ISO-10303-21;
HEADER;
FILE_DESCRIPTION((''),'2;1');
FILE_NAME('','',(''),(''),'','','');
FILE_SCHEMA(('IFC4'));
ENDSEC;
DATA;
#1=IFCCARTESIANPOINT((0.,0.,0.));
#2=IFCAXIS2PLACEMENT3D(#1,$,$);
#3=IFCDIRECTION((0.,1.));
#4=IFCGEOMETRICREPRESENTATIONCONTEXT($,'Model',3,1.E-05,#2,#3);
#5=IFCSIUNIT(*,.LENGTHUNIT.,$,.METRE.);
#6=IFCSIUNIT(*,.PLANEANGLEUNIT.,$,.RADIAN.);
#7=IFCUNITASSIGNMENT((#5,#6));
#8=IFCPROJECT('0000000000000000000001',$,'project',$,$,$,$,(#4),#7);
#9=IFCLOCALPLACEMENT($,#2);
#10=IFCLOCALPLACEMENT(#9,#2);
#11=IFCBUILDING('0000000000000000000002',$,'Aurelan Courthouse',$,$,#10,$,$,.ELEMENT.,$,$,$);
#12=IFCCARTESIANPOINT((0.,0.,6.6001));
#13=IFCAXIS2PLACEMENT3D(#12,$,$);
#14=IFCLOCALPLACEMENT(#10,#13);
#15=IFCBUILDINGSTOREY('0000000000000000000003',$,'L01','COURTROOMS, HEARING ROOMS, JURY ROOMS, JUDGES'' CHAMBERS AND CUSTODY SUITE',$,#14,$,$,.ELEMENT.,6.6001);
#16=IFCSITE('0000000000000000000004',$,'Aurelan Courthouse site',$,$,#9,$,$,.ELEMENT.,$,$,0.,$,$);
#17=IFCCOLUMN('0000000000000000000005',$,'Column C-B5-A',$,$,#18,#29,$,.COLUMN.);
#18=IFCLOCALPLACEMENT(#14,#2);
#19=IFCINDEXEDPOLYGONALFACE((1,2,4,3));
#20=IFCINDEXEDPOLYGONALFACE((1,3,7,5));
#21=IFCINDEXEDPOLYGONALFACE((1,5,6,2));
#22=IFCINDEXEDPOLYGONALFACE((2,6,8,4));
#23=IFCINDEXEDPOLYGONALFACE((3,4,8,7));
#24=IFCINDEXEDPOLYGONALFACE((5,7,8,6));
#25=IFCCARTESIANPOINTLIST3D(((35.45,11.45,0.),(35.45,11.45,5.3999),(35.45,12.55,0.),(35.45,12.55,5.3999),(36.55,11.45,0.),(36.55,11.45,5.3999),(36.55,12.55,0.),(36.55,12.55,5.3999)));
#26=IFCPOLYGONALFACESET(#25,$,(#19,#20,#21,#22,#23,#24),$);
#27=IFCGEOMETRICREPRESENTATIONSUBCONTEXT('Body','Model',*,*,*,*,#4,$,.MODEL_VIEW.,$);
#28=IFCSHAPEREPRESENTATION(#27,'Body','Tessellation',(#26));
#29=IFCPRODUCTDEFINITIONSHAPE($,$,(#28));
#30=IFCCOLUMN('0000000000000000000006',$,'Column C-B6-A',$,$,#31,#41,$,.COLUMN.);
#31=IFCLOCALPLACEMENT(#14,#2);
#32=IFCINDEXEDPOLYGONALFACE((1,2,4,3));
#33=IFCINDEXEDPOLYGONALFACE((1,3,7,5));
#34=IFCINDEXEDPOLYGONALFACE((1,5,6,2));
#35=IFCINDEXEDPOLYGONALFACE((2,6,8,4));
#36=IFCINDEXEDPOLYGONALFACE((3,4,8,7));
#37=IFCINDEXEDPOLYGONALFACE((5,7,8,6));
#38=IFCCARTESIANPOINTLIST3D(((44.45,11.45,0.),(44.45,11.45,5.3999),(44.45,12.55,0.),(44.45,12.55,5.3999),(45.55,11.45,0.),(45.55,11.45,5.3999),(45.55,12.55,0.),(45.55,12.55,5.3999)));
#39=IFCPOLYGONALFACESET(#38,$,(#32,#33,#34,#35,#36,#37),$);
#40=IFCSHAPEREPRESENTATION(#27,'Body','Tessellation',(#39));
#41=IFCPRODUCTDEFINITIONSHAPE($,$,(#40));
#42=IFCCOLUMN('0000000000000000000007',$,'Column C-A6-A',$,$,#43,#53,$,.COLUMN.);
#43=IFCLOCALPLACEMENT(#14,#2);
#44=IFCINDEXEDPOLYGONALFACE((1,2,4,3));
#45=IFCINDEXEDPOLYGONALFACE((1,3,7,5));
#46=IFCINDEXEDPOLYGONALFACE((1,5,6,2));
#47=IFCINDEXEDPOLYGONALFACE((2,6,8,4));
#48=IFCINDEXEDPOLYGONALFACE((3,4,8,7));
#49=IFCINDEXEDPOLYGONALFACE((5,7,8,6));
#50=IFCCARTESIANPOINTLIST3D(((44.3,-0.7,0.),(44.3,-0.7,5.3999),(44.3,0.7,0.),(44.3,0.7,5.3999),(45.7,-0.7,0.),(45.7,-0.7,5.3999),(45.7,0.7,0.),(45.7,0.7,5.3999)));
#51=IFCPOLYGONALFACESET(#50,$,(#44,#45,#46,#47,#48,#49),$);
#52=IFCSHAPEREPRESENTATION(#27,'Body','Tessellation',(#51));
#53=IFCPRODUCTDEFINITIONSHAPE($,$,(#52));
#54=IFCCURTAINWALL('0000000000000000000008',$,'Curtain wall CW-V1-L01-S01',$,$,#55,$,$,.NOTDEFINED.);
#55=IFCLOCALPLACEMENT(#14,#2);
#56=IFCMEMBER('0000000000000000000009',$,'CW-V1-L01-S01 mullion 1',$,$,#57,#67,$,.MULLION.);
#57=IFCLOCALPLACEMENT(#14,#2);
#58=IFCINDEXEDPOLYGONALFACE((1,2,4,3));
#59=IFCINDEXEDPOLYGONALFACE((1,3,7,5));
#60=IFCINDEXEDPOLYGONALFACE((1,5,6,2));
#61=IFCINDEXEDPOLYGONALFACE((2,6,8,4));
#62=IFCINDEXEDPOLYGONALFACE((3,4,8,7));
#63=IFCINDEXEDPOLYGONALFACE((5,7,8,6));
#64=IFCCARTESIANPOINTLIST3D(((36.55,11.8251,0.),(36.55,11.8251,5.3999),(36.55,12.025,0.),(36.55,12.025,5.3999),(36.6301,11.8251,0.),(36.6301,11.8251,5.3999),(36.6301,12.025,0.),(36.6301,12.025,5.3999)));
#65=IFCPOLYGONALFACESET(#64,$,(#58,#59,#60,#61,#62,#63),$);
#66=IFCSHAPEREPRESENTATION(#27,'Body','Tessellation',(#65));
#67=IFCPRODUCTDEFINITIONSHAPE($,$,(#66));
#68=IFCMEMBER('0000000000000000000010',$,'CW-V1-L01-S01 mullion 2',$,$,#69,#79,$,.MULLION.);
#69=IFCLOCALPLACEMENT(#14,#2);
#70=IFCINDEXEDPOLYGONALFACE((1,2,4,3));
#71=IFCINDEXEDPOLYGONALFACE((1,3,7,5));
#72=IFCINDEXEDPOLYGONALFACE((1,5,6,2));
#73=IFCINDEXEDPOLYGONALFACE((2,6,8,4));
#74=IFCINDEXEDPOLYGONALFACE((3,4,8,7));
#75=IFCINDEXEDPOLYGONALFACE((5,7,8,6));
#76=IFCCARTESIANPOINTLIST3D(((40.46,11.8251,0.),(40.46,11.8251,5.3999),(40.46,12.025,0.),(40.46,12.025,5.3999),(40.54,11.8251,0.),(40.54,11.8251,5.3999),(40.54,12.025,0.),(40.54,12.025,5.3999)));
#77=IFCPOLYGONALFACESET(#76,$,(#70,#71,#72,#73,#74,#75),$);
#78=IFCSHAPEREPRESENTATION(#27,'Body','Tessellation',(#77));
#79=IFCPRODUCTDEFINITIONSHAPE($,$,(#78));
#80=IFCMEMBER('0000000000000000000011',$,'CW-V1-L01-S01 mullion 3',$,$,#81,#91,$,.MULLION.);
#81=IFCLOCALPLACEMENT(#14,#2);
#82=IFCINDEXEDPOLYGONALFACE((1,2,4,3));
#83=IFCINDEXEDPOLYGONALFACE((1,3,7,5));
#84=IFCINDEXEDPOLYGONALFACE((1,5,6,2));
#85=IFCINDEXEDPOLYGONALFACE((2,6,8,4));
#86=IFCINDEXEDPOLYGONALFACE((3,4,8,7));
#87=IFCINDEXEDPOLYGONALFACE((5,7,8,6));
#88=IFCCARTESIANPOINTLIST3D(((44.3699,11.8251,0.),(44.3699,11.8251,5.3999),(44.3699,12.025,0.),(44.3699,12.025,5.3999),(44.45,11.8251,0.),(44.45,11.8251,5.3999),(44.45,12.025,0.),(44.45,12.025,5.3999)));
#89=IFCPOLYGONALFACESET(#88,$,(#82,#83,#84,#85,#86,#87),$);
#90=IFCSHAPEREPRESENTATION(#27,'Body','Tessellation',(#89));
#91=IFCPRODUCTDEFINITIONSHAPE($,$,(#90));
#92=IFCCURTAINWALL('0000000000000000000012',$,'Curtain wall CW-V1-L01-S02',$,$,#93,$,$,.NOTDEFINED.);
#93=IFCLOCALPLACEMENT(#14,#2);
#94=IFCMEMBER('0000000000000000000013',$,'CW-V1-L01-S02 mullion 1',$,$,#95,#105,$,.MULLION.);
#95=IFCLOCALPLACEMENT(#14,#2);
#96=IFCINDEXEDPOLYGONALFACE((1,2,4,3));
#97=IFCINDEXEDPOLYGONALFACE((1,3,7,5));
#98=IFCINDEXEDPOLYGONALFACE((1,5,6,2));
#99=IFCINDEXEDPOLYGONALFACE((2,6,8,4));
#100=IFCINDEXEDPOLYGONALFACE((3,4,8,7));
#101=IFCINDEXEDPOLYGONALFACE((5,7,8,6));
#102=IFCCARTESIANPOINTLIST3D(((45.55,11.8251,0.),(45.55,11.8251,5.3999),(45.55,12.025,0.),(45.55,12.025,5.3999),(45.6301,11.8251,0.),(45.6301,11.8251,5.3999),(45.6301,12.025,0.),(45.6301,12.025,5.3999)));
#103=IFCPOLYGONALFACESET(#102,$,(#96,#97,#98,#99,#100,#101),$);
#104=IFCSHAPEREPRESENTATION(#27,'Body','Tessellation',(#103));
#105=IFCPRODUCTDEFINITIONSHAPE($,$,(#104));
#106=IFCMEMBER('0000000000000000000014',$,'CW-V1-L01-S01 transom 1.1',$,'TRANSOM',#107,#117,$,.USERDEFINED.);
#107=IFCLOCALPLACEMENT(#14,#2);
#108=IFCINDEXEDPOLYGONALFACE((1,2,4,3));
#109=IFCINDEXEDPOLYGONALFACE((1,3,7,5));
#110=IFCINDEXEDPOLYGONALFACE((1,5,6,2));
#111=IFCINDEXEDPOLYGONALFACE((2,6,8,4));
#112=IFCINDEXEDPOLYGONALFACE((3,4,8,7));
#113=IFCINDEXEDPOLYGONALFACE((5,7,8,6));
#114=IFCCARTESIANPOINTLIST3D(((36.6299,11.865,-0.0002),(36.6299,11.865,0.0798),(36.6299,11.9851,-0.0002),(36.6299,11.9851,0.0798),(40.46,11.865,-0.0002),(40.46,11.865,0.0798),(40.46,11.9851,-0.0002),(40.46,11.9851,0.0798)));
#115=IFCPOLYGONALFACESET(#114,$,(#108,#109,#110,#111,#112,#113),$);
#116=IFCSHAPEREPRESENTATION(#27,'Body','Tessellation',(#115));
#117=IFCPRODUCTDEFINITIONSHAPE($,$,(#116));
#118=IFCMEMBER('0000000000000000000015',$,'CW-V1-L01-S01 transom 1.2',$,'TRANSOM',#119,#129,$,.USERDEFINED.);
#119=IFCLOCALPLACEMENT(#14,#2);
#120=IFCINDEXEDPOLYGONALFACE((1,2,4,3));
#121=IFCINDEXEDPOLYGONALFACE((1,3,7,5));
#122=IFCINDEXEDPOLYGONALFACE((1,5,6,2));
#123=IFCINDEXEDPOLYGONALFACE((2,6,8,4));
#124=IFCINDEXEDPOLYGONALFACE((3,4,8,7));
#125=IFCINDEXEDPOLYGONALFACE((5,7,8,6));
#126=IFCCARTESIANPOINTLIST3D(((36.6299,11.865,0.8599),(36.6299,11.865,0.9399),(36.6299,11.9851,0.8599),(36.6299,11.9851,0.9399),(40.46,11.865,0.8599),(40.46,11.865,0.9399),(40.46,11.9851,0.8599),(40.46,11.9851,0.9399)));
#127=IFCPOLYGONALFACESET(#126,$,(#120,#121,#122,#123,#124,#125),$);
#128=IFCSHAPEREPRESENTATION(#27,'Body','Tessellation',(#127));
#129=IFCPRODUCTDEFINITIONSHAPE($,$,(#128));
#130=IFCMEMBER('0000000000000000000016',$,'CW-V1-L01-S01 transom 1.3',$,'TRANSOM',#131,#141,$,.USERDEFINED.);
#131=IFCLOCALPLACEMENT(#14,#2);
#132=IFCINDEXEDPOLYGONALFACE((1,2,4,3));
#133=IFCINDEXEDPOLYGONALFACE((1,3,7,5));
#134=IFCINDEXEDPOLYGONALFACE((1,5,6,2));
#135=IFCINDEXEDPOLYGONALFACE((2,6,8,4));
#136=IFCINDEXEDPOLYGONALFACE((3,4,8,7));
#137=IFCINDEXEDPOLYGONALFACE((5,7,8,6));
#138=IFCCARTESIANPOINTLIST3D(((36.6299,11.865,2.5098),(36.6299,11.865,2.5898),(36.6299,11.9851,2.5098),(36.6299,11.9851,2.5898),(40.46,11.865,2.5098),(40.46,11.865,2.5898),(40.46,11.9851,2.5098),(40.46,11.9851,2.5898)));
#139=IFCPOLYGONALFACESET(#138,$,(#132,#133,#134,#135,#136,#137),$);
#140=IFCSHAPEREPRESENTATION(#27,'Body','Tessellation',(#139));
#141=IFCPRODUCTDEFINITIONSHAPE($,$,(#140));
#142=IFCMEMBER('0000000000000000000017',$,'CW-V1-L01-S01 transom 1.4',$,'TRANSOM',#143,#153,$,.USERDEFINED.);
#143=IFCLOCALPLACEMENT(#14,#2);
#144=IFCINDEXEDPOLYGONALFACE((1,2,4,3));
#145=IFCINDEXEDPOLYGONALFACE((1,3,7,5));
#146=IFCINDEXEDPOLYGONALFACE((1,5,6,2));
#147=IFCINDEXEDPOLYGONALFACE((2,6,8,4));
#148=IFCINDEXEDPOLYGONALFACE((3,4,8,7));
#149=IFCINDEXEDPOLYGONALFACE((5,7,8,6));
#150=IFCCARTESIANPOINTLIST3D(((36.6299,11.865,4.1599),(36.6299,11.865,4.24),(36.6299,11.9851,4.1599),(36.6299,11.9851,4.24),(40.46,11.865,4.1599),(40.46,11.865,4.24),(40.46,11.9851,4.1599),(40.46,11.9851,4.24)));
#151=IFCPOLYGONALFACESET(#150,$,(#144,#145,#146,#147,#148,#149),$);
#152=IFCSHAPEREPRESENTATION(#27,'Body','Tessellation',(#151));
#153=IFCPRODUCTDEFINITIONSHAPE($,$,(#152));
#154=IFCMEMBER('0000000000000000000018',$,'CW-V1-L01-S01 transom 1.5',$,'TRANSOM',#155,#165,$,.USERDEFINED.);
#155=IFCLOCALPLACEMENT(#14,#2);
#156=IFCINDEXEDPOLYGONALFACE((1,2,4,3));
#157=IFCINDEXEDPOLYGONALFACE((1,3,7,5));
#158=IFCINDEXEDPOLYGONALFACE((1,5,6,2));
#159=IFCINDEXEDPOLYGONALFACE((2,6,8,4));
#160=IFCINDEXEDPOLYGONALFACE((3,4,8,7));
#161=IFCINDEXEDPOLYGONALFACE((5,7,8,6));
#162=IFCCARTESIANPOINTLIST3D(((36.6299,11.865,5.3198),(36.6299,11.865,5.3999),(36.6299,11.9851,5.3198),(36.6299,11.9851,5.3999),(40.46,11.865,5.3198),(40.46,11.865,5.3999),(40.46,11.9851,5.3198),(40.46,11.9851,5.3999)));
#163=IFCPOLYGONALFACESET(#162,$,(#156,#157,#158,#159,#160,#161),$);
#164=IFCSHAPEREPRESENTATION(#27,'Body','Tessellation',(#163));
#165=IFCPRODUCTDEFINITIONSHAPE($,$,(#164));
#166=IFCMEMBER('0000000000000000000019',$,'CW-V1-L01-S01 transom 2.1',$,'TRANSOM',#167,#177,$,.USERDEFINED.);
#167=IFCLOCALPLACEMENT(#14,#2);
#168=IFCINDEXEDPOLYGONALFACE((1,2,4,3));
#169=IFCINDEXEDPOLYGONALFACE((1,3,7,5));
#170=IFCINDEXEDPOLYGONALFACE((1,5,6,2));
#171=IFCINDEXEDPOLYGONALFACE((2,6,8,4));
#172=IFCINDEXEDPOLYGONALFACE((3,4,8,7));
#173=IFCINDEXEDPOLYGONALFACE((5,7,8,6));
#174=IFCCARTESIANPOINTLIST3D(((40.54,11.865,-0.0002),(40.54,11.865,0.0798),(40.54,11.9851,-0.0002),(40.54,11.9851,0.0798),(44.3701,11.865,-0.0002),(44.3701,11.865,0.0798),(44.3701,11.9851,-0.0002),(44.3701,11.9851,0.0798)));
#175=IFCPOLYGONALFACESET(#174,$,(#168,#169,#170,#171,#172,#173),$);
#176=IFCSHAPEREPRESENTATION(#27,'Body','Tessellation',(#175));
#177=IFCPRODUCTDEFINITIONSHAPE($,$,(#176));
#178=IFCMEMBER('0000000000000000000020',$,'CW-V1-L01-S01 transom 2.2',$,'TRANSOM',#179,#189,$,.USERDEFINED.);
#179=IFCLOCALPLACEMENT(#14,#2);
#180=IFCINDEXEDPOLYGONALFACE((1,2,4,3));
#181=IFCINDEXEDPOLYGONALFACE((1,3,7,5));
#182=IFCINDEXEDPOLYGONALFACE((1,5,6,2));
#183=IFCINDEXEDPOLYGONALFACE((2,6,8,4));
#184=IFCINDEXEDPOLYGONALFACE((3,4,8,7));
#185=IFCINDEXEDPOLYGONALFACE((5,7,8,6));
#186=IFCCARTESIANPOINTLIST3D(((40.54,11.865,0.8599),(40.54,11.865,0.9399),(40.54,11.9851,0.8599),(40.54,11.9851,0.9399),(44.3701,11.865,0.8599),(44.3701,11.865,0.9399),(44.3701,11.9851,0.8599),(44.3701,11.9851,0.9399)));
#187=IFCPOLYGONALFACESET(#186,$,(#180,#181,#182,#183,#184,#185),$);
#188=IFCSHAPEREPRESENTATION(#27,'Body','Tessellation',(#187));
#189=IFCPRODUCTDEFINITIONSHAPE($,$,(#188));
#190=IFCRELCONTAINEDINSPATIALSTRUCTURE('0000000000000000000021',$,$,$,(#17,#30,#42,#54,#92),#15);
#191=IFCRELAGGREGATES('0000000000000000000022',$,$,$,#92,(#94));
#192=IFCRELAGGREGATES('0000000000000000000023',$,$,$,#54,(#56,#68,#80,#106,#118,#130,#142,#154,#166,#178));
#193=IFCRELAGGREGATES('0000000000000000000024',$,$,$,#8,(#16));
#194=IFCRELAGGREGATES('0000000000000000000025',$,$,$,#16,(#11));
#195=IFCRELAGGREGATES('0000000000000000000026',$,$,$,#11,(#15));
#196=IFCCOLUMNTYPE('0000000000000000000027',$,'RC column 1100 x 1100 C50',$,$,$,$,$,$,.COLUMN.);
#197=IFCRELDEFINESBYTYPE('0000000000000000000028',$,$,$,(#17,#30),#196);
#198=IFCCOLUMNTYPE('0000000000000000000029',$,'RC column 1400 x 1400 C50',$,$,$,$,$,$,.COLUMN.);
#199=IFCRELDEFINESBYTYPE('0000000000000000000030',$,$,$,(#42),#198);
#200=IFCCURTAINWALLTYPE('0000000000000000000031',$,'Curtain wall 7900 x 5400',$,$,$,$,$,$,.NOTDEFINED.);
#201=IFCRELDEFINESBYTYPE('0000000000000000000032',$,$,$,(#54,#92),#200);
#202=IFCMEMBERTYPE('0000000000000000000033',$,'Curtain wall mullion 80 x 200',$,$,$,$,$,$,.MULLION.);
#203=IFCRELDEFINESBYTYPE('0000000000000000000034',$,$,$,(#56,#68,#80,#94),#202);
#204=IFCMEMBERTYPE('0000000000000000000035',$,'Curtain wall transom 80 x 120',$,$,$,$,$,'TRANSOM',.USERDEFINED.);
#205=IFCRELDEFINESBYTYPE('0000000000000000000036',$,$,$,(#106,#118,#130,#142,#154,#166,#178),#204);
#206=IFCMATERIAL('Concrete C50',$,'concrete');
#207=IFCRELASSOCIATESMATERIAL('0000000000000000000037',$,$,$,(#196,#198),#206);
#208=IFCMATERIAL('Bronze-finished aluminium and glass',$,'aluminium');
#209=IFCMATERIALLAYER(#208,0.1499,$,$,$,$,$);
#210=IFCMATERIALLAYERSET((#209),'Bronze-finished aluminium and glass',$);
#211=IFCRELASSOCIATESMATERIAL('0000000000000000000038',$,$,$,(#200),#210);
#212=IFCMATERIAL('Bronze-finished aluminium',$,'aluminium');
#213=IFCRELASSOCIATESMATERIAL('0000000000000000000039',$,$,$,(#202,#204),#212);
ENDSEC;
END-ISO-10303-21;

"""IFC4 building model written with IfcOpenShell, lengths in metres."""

from ifc_helpers import new_model, si_unit, direction, frame, origin, origin_2d, place, context, subcontext, project, spatial, rectangle, extrude, material, layer, layer_set, material_profile, profile_set, type_object, element, aggregate, save


model = new_model("IFC4")

# Units and contexts
model_context = context("Model", 3, precision=1e-05, world=origin(), true_north=direction((0.0, 1.0)))
body_context = subcontext(model_context, "Body", "Model", "MODEL_VIEW")
ifc_project = project(units=[si_unit("LENGTHUNIT", "METRE"), si_unit("PLANEANGLEUNIT", "RADIAN")], contexts=[model_context])

# Site, building, storey
site_placement = place(None, origin())
site = spatial("IfcSite", under=ifc_project, at=site_placement, Name="Aurelan Courthouse site", CompositionType="ELEMENT", RefElevation=0.0)
building_placement = place(site_placement, origin())
building = spatial("IfcBuilding", under=site, at=building_placement, Name="Aurelan Courthouse", CompositionType="ELEMENT")
storey_placement = place(building_placement, frame((0.0, 0.0, 6.6001)))
storey = spatial("IfcBuildingStorey", under=building, at=storey_placement, Name="L01", Description="COURTROOMS, HEARING ROOMS, JURY ROOMS, JUDGES' CHAMBERS AND CUSTODY SUITE", CompositionType="ELEMENT", Elevation=6.6001)

# Columns
ifc_material_1 = material(Name="Concrete C50", Category="concrete")
ifc_material_profile_1 = material_profile(ifc_material_1, rectangle(XDim=1.1001, YDim=1.1001, at=origin_2d()), Name="RC 1100 x 1100")
ifc_profile_set_1 = profile_set([ifc_material_profile_1], Name="Concrete C50")
column_type_1 = type_object("IfcColumnType", Name="RC column 1100 x 1100 C50", PredefinedType="COLUMN", material=ifc_profile_set_1)
for number, where, z_axis, x_axis, name in (
    (1, (36.0, 12.0, 0.0), (0.0, 0.0, 1.0), (1.0, 0.0, 0.0), "Column C-B5-A"),
    (2, (45.0, 12.0, 0.0), (0.0, 0.0, 1.0), (1.0, 0.0, 0.0), "Column C-B6-A"),
):
    element("IfcColumn", number, at=place(storey_placement, frame(where, z_axis=z_axis, x_axis=x_axis)), inside=storey, type_object=column_type_1, Name=name, PredefinedType="COLUMN", context=body_context, shape_type="SweptSolid", body=[
        extrude(rectangle(XDim=1.1001, YDim=1.1001, at=origin_2d()), origin(), (0.0, 0.0, 1.0), 5.3999),
    ])
ifc_material_profile_2 = material_profile(ifc_material_1, rectangle(XDim=1.3999, YDim=1.3999, at=origin_2d()), Name="RC 1400 x 1400")
ifc_profile_set_2 = profile_set([ifc_material_profile_2], Name="Concrete C50")
column_type_2 = type_object("IfcColumnType", Name="RC column 1400 x 1400 C50", PredefinedType="COLUMN", material=ifc_profile_set_2)
column_placement = place(storey_placement, frame((45.0, 0.0, 0.0), z_axis=(0.0, 0.0, 1.0), x_axis=(1.0, 0.0, 0.0)))
element("IfcColumn", 3, at=column_placement, inside=storey, type_object=column_type_2, Name="Column C-A6-A", PredefinedType="COLUMN", context=body_context, shape_type="SweptSolid", body=[
    extrude(rectangle(XDim=1.3999, YDim=1.3999, at=origin_2d()), origin(), (0.0, 0.0, 1.0), 5.3999),
])

# Curtain wall, members
ifc_material_2 = material(Name="Bronze-finished aluminium and glass", Category="aluminium")
ifc_layer_1 = layer(ifc_material_2, 0.1499)
ifc_layer_set_1 = layer_set([ifc_layer_1], Name="Bronze-finished aluminium and glass")
curtain_wall_type = type_object("IfcCurtainWallType", Name="Curtain wall 7900 x 5400", PredefinedType="NOTDEFINED", material=ifc_layer_set_1)
curtain_wall_1_placement = place(storey_placement, origin())
curtain_wall_1 = element("IfcCurtainWall", 4, at=curtain_wall_1_placement, inside=storey, type_object=curtain_wall_type, Name="Curtain wall CW-V1-L01-S01", PredefinedType="NOTDEFINED")
ifc_material_3 = material(Name="Bronze-finished aluminium", Category="aluminium")
ifc_material_profile_3 = material_profile(ifc_material_3, rectangle(XDim=0.2, YDim=0.0801, at=origin_2d()), Name="Bronze mullion 80 x 200")
ifc_profile_set_3 = profile_set([ifc_material_profile_3], Name="Bronze-finished aluminium")
member_type_1 = type_object("IfcMemberType", Name="Curtain wall mullion 80 x 200", PredefinedType="MULLION", material=ifc_profile_set_3)
member_1_placement = place(storey_placement, frame((36.5901, 11.925, 0.0), z_axis=(0.0, 0.0, 1.0), x_axis=(0.0, 1.0, 0.0)))
member_1 = element("IfcMember", 5, at=member_1_placement, type_object=member_type_1, Name="CW-V1-L01-S01 mullion 1", PredefinedType="MULLION", context=body_context, shape_type="SweptSolid", body=[
    extrude(rectangle(XDim=0.2, YDim=0.0801, at=origin_2d()), origin(), (0.0, 0.0, 1.0), 5.3999),
])
member_2_placement = place(storey_placement, frame((40.5, 11.925, 0.0), z_axis=(0.0, 0.0, 1.0), x_axis=(0.0, 1.0, 0.0)))
member_2 = element("IfcMember", 6, at=member_2_placement, type_object=member_type_1, Name="CW-V1-L01-S01 mullion 2", PredefinedType="MULLION", context=body_context, shape_type="SweptSolid", body=[
    extrude(rectangle(XDim=0.2, YDim=0.0801, at=origin_2d()), origin(), (0.0, 0.0, 1.0), 5.3999),
])
member_3_placement = place(storey_placement, frame((44.4099, 11.925, 0.0), z_axis=(0.0, 0.0, 1.0), x_axis=(0.0, 1.0, 0.0)))
member_3 = element("IfcMember", 7, at=member_3_placement, type_object=member_type_1, Name="CW-V1-L01-S01 mullion 3", PredefinedType="MULLION", context=body_context, shape_type="SweptSolid", body=[
    extrude(rectangle(XDim=0.2, YDim=0.0801, at=origin_2d()), origin(), (0.0, 0.0, 1.0), 5.3999),
])

# Curtain wall, member
curtain_wall_2_placement = place(storey_placement, origin())
curtain_wall_2 = element("IfcCurtainWall", 8, at=curtain_wall_2_placement, inside=storey, type_object=curtain_wall_type, Name="Curtain wall CW-V1-L01-S02", PredefinedType="NOTDEFINED")
member_4_placement = place(storey_placement, frame((45.5901, 11.925, 0.0), z_axis=(0.0, 0.0, 1.0), x_axis=(0.0, 1.0, 0.0)))
member_4 = element("IfcMember", 9, at=member_4_placement, type_object=member_type_1, Name="CW-V1-L01-S02 mullion 1", PredefinedType="MULLION", context=body_context, shape_type="SweptSolid", body=[
    extrude(rectangle(XDim=0.2, YDim=0.0801, at=origin_2d()), origin(), (0.0, 0.0, 1.0), 5.3999),
])

# Members
ifc_material_profile_4 = material_profile(ifc_material_3, rectangle(XDim=0.1201, YDim=0.0801, at=origin_2d()), Name="Bronze transom 80 x 120")
ifc_profile_set_4 = profile_set([ifc_material_profile_4], Name="Bronze-finished aluminium")
member_type_2 = type_object("IfcMemberType", Name="Curtain wall transom 80 x 120", ElementType="TRANSOM", PredefinedType="USERDEFINED", material=ifc_profile_set_4)
member_5_placement = place(storey_placement, frame((36.6299, 11.925, 0.0398), z_axis=(1.0, 0.0, 0.0), x_axis=(0.0, 1.0, 0.0)))
member_5 = element("IfcMember", 10, at=member_5_placement, type_object=member_type_2, Name="CW-V1-L01-S01 transom 1.1", ObjectType="TRANSOM", PredefinedType="USERDEFINED", context=body_context, shape_type="SweptSolid", body=[
    extrude(rectangle(XDim=0.1201, YDim=0.0801, at=origin_2d()), origin(), (0.0, 0.0, 1.0), 3.8301),
])
member_6_placement = place(storey_placement, frame((36.6299, 11.925, 0.8999), z_axis=(1.0, 0.0, 0.0), x_axis=(0.0, 1.0, 0.0)))
member_6 = element("IfcMember", 11, at=member_6_placement, type_object=member_type_2, Name="CW-V1-L01-S01 transom 1.2", ObjectType="TRANSOM", PredefinedType="USERDEFINED", context=body_context, shape_type="SweptSolid", body=[
    extrude(rectangle(XDim=0.1201, YDim=0.0801, at=origin_2d()), origin(), (0.0, 0.0, 1.0), 3.8301),
])
member_7_placement = place(storey_placement, frame((36.6299, 11.925, 2.5498), z_axis=(1.0, 0.0, 0.0), x_axis=(0.0, 1.0, 0.0)))
member_7 = element("IfcMember", 12, at=member_7_placement, type_object=member_type_2, Name="CW-V1-L01-S01 transom 1.3", ObjectType="TRANSOM", PredefinedType="USERDEFINED", context=body_context, shape_type="SweptSolid", body=[
    extrude(rectangle(XDim=0.1201, YDim=0.0801, at=origin_2d()), origin(), (0.0, 0.0, 1.0), 3.8301),
])
member_8_placement = place(storey_placement, frame((36.6299, 11.925, 4.2), z_axis=(1.0, 0.0, 0.0), x_axis=(0.0, 1.0, 0.0)))
member_8 = element("IfcMember", 13, at=member_8_placement, type_object=member_type_2, Name="CW-V1-L01-S01 transom 1.4", ObjectType="TRANSOM", PredefinedType="USERDEFINED", context=body_context, shape_type="SweptSolid", body=[
    extrude(rectangle(XDim=0.1201, YDim=0.0801, at=origin_2d()), origin(), (0.0, 0.0, 1.0), 3.8301),
])
member_9_placement = place(storey_placement, frame((36.6299, 11.925, 5.3599), z_axis=(1.0, 0.0, 0.0), x_axis=(0.0, 1.0, 0.0)))
member_9 = element("IfcMember", 14, at=member_9_placement, type_object=member_type_2, Name="CW-V1-L01-S01 transom 1.5", ObjectType="TRANSOM", PredefinedType="USERDEFINED", context=body_context, shape_type="SweptSolid", body=[
    extrude(rectangle(XDim=0.1201, YDim=0.0801, at=origin_2d()), origin(), (0.0, 0.0, 1.0), 3.8301),
])
member_10_placement = place(storey_placement, frame((40.54, 11.925, 0.0398), z_axis=(1.0, 0.0, 0.0), x_axis=(0.0, 1.0, 0.0)))
member_10 = element("IfcMember", 15, at=member_10_placement, type_object=member_type_2, Name="CW-V1-L01-S01 transom 2.1", ObjectType="TRANSOM", PredefinedType="USERDEFINED", context=body_context, shape_type="SweptSolid", body=[
    extrude(rectangle(XDim=0.1201, YDim=0.0801, at=origin_2d()), origin(), (0.0, 0.0, 1.0), 3.8301),
])
member_11_placement = place(storey_placement, frame((40.54, 11.925, 0.8999), z_axis=(1.0, 0.0, 0.0), x_axis=(0.0, 1.0, 0.0)))
member_11 = element("IfcMember", 16, at=member_11_placement, type_object=member_type_2, Name="CW-V1-L01-S01 transom 2.2", ObjectType="TRANSOM", PredefinedType="USERDEFINED", context=body_context, shape_type="SweptSolid", body=[
    extrude(rectangle(XDim=0.1201, YDim=0.0801, at=origin_2d()), origin(), (0.0, 0.0, 1.0), 3.8301),
])
aggregate(curtain_wall_2, [member_4])

aggregate(curtain_wall_1, [member_1, member_2, member_3, member_5, member_6, member_7, member_8, member_9, member_10, member_11])

save(model, "model.ifc")
